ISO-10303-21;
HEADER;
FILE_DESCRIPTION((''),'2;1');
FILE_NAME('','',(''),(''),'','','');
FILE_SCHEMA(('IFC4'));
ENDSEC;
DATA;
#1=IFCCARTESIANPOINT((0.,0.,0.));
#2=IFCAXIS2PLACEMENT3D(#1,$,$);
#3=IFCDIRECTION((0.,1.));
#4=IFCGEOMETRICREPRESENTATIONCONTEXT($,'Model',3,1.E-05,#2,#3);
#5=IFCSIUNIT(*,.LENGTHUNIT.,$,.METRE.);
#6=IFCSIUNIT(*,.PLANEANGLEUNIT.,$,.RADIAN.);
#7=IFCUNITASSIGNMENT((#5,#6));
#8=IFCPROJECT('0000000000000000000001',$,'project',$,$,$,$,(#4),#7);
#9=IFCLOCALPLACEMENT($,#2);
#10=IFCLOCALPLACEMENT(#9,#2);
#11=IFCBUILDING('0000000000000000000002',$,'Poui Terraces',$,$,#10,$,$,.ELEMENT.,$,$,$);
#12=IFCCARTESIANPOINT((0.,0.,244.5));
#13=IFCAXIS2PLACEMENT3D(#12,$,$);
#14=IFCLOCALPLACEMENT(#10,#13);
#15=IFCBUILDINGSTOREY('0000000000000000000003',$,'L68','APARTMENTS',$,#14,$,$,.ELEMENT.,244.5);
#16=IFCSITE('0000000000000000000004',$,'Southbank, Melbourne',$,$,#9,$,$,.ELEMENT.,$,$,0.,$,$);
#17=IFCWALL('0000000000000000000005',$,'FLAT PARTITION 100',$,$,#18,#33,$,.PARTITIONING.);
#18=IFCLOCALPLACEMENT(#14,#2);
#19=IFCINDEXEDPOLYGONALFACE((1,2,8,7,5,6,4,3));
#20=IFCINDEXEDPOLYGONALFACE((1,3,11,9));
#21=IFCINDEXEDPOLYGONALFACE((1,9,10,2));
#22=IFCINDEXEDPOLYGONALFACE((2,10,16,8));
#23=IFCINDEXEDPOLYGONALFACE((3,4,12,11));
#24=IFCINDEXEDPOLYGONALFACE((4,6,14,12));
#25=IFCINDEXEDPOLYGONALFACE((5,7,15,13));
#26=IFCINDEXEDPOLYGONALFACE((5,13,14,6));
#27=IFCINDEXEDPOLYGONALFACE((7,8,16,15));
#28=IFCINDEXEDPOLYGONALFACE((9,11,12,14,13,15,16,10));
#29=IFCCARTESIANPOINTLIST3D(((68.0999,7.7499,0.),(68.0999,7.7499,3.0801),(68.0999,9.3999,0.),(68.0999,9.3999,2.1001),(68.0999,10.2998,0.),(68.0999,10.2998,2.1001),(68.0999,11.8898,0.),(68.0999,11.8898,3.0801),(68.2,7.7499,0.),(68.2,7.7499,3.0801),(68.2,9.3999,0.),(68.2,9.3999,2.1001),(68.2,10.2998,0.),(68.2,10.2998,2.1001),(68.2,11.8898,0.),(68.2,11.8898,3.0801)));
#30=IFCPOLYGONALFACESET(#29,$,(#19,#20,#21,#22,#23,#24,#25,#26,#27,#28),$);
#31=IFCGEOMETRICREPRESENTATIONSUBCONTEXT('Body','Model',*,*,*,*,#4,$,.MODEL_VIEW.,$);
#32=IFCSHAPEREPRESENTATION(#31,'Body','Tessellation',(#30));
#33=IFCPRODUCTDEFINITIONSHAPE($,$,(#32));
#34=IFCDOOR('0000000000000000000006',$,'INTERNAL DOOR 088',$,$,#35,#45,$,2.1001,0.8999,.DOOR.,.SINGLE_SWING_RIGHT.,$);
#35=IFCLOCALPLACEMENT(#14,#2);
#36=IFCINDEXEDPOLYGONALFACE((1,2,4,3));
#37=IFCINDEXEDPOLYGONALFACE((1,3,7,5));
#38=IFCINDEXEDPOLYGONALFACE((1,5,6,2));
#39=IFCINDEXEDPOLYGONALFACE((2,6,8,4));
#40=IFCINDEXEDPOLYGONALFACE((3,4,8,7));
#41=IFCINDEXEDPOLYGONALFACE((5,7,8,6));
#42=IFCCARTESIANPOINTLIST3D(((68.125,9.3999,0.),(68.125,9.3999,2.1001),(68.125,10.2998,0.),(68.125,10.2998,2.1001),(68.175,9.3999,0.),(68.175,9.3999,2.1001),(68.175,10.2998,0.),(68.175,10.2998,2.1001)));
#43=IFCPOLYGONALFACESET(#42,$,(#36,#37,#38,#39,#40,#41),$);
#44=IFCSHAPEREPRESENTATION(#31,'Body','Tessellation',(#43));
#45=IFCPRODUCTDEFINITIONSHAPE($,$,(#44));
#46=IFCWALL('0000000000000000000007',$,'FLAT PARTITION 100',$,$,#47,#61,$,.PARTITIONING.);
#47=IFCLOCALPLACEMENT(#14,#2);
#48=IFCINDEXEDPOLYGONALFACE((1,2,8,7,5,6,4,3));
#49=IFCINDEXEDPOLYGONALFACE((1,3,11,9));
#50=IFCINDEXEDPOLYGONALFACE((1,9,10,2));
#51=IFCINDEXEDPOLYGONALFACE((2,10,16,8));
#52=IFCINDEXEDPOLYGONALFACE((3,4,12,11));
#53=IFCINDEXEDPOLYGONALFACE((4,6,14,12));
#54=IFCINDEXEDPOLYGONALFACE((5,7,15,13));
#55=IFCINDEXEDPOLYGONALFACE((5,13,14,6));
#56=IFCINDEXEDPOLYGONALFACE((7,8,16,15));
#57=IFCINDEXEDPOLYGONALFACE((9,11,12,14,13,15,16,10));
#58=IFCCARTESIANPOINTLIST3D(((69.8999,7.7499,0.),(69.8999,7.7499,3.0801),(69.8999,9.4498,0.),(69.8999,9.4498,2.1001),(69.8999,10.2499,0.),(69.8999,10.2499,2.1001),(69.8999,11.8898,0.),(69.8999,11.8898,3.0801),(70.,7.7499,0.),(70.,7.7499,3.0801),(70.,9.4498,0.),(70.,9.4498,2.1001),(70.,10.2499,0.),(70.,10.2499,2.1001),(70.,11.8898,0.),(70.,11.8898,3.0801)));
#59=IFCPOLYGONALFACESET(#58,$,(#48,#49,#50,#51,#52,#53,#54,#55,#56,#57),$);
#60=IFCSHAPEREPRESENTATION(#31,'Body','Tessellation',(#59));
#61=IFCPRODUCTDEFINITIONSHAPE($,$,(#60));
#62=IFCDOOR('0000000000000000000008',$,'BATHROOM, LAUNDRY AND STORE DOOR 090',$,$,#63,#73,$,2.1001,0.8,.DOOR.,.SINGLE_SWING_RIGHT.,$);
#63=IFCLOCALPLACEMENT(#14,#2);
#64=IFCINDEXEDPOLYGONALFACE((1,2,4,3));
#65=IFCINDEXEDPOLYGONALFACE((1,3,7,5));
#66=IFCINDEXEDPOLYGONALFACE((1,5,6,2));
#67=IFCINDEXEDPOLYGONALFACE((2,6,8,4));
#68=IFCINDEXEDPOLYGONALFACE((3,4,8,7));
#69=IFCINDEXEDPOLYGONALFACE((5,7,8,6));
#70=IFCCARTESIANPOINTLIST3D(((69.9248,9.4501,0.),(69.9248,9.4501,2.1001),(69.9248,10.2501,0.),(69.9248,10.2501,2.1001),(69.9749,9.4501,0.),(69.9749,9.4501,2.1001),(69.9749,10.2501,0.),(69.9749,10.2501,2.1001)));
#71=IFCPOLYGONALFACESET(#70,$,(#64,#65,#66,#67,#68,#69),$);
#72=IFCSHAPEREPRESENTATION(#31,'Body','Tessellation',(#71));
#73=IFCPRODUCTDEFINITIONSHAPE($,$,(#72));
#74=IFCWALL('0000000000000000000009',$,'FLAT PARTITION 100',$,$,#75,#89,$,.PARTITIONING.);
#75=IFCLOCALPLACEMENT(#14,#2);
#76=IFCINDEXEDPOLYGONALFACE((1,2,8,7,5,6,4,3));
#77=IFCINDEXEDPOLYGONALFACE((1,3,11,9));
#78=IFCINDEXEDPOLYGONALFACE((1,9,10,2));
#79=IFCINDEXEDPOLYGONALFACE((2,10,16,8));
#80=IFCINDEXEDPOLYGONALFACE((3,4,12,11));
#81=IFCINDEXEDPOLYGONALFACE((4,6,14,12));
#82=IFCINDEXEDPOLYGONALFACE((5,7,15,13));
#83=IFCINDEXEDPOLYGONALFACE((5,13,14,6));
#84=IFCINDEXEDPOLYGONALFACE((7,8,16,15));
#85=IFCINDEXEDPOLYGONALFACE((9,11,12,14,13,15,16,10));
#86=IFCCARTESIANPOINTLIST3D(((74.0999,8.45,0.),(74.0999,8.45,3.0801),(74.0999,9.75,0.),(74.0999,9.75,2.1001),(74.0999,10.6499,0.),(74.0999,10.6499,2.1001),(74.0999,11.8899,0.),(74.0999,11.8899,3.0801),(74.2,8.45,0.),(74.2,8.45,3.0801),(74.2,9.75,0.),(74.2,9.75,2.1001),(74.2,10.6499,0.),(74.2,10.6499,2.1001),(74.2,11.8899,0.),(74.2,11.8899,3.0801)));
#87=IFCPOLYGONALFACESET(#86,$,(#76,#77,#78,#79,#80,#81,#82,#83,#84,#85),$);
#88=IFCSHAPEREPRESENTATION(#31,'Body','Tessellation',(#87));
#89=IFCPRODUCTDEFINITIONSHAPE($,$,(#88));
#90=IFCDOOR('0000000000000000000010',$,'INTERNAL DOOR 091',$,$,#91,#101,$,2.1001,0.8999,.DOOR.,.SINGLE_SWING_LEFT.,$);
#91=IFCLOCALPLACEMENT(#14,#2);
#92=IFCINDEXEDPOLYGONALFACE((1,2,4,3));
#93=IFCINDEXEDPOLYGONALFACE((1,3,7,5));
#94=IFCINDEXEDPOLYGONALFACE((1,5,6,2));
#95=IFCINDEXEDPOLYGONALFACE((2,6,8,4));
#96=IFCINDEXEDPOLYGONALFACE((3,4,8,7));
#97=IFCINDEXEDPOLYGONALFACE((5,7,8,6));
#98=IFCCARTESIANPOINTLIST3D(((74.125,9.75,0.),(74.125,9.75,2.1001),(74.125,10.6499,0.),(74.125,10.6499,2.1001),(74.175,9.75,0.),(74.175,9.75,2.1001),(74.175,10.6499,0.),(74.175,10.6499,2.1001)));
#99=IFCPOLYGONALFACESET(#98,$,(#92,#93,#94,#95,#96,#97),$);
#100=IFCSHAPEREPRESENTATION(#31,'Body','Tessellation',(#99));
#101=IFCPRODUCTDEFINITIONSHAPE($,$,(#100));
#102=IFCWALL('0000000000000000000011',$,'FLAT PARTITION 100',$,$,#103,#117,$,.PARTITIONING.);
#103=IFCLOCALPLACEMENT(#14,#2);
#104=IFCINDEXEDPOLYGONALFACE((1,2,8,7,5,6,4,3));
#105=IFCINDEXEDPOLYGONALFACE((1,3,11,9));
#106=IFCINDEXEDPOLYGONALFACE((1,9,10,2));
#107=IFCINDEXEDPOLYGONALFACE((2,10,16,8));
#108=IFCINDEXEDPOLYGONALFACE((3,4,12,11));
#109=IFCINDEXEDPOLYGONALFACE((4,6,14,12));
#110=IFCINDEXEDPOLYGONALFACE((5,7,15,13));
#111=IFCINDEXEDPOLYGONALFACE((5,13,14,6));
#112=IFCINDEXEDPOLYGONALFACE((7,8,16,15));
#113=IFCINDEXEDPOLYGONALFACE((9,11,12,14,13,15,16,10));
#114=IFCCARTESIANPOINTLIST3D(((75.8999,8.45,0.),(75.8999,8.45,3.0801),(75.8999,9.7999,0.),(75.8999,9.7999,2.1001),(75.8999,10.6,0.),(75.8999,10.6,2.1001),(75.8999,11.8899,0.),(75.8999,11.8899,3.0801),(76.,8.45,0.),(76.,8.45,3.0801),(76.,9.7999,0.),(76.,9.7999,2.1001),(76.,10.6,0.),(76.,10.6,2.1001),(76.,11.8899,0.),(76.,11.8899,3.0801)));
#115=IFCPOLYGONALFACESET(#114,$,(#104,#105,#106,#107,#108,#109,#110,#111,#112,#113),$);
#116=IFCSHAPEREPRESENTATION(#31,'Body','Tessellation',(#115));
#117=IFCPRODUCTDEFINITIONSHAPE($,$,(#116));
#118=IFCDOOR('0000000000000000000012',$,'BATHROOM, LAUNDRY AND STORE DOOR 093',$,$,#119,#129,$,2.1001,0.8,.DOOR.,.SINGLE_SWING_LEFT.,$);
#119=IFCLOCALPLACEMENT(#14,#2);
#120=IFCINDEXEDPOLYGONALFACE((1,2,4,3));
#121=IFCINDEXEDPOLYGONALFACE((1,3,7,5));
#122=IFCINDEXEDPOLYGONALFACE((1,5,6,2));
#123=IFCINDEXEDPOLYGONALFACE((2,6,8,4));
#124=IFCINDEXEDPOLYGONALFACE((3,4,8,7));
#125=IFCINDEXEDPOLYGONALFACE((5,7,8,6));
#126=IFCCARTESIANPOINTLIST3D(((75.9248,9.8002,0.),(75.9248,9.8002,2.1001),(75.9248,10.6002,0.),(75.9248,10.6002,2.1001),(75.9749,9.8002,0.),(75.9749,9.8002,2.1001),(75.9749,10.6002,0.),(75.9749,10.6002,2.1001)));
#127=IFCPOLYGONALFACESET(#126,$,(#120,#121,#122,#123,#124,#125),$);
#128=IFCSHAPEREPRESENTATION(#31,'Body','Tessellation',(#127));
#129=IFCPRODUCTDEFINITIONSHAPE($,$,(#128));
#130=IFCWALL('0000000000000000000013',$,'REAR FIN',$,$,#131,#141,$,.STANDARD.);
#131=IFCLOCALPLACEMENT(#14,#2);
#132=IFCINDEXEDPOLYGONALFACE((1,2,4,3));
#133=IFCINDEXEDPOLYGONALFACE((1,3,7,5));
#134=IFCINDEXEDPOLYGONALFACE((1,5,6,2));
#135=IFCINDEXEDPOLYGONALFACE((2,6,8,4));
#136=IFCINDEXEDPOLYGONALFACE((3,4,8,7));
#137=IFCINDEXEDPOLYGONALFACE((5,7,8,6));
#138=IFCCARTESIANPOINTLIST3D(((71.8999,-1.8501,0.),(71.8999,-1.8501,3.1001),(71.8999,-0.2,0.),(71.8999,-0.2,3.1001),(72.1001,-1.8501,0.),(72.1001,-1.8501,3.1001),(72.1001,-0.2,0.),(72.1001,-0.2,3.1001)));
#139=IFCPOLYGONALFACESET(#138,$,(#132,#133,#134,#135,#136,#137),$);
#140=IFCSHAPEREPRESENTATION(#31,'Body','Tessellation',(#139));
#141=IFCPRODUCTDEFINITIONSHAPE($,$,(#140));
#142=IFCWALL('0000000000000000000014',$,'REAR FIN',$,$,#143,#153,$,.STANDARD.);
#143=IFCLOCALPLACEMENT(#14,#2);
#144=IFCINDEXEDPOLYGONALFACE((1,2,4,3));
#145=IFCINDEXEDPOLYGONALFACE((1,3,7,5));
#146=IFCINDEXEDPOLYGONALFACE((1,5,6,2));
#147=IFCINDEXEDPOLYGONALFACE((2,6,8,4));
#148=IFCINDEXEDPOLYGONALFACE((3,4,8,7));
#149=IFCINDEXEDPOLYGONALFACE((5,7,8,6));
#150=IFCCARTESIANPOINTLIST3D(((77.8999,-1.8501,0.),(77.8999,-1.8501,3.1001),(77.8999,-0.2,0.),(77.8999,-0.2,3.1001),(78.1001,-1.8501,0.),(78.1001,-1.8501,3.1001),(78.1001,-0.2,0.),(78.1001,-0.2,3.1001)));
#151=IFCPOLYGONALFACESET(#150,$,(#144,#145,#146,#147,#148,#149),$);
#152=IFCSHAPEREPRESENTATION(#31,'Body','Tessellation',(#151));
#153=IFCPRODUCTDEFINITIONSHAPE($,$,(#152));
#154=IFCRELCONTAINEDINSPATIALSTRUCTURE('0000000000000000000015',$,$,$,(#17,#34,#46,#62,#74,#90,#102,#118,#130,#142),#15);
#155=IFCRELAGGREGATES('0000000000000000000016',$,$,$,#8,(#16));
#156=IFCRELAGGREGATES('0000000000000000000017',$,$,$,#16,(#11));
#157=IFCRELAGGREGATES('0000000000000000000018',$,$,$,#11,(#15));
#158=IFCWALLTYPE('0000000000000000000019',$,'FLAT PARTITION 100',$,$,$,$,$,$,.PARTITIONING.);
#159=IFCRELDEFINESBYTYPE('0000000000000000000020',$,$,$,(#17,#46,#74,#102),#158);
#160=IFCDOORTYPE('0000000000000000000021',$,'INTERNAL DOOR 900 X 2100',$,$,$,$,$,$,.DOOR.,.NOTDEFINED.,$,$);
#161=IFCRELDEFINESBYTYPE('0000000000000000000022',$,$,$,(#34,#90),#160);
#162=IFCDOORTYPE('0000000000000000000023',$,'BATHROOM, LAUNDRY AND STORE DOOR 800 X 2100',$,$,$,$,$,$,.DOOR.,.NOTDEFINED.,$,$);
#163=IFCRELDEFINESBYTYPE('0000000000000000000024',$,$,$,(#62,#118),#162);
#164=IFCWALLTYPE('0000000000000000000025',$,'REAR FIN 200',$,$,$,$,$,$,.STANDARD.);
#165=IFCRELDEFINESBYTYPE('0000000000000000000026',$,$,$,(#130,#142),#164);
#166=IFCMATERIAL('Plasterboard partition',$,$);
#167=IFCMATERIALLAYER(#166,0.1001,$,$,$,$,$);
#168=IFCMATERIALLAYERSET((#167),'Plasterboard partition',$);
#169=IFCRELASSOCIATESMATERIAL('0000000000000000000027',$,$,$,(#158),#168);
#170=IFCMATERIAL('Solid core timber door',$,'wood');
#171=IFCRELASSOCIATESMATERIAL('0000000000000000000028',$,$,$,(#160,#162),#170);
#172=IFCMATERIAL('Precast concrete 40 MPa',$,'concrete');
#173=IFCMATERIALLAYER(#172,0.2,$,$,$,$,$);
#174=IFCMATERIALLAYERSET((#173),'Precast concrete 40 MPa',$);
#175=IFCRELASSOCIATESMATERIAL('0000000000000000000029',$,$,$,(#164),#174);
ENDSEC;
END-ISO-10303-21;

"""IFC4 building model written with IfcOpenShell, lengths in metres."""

from ifc_helpers import new_model, si_unit, direction, frame, frame_2d, origin, place, context, subcontext, project, spatial, polyline, rectangle, outline, extrude, source, transform, mapped, material, layer, layer_set, type_object, element, fill, save


model = new_model("IFC4")

# Units and contexts
model_context = context("Model", 3, precision=1e-05, world=origin(), true_north=direction((0.0, 1.0)))
body_context = subcontext(model_context, "Body", "Model", "MODEL_VIEW")
ifc_project = project(units=[si_unit("LENGTHUNIT", "METRE"), si_unit("PLANEANGLEUNIT", "RADIAN")], contexts=[model_context])

# Site, building, storey
site_placement = place(None, origin())
site = spatial("IfcSite", under=ifc_project, at=site_placement, Name="Southbank, Melbourne", CompositionType="ELEMENT", RefElevation=0.0)
building_placement = place(site_placement, origin())
building = spatial("IfcBuilding", under=site, at=building_placement, Name="Poui Terraces", CompositionType="ELEMENT")
storey_placement = place(building_placement, frame((0.0, 0.0, 244.5)))
storey = spatial("IfcBuildingStorey", under=building, at=storey_placement, Name="L68", Description="APARTMENTS", CompositionType="ELEMENT", Elevation=244.5)

# Shared definitions
ifc_material_1 = material(Name="Precast concrete 40 MPa", Category="concrete")

# Shared definitions
ifc_material_2 = material(Name="Plasterboard partition")
ifc_layer_1 = layer(ifc_material_2, 0.1001)
ifc_layer_set_1 = layer_set([ifc_layer_1], Name="Plasterboard partition")
wall_type_1 = type_object("IfcWallType", Name="FLAT PARTITION 100", PredefinedType="PARTITIONING", material=ifc_layer_set_1)

# Walls, openings, doors
wall_1_placement = place(storey_placement, frame((68.1499, 7.75, 0.0), z_axis=(0.0, 0.0, 1.0), x_axis=(0.0, 1.0, 0.0)))
wall_1 = element("IfcWall", 1, at=wall_1_placement, inside=storey, type_object=wall_type_1, Name="FLAT PARTITION 100", PredefinedType="PARTITIONING", context=body_context, shape_type="SweptSolid", body=[
    extrude(rectangle(XDim=4.1399, YDim=0.1001, at=frame_2d((2.0698, 0.0))), origin(), (0.0, 0.0, 1.0), 3.0801),
])
opening_1_placement = place(wall_1_placement, frame((1.6499, 0.0, 0.0)))
opening_1 = element("IfcOpeningElement", 2, at=opening_1_placement, cuts=wall_1, PredefinedType="OPENING", context=body_context, shape_type="SweptSolid", body=[
    extrude(rectangle(XDim=0.8999, YDim=2.1001, at=frame_2d((0.45, 1.05))), frame((0.0, 0.0601, 0.0), z_axis=(0.0, -1.0, 0.0), x_axis=(1.0, 0.0, 0.0)), (0.0, 0.0, 1.0), 0.1201),
])
ifc_material_3 = material(Name="Solid core timber door", Category="wood")
door_type_1 = type_object("IfcDoorType", Name="INTERNAL DOOR 900 X 2100", OperationType="NOTDEFINED", PredefinedType="DOOR", material=ifc_material_3)
door_1_placement = place(opening_1_placement, origin())
door_1 = element("IfcDoor", 3, at=door_1_placement, inside=storey, type_object=door_type_1, Name="INTERNAL DOOR 088", OperationType="SINGLE_SWING_RIGHT", OverallHeight=2.1001, OverallWidth=0.8999, PredefinedType="DOOR", context=body_context, shape_type="SweptSolid", body=[
    extrude(rectangle(XDim=0.8999, YDim=2.1001, at=frame_2d((0.45, 1.05))), frame((0.0, 0.0249, 0.0), z_axis=(0.0, -1.0, 0.0), x_axis=(1.0, 0.0, 0.0)), (0.0, 0.0, 1.0), 0.05),
])
fill(opening_1, door_1)
wall_2_placement = place(storey_placement, frame((69.95, 7.75, 0.0), z_axis=(0.0, 0.0, 1.0), x_axis=(0.0, 1.0, 0.0)))
wall_2 = element("IfcWall", 4, at=wall_2_placement, inside=storey, type_object=wall_type_1, Name="FLAT PARTITION 100", PredefinedType="PARTITIONING", context=body_context, shape_type="SweptSolid", body=[
    extrude(rectangle(XDim=4.1399, YDim=0.1001, at=frame_2d((2.0698, 0.0))), origin(), (0.0, 0.0, 1.0), 3.0801),
])
opening_2_placement = place(wall_2_placement, frame((1.7, 0.0, 0.0)))
opening_2 = element("IfcOpeningElement", 5, at=opening_2_placement, cuts=wall_2, PredefinedType="OPENING", context=body_context, shape_type="SweptSolid", body=[
    extrude(rectangle(XDim=0.8, YDim=2.1001, at=frame_2d((0.3999, 1.05))), frame((0.0, 0.0601, 0.0), z_axis=(0.0, -1.0, 0.0), x_axis=(1.0, 0.0, 0.0)), (0.0, 0.0, 1.0), 0.1201),
])
door_type_2 = type_object("IfcDoorType", Name="BATHROOM, LAUNDRY AND STORE DOOR 800 X 2100", OperationType="NOTDEFINED", PredefinedType="DOOR", material=ifc_material_3)
door_2_placement = place(opening_2_placement, frame((0.8, 0.0, 0.0), z_axis=(0.0, 0.0, 1.0), x_axis=(-1.0, 0.0, 0.0)))
door_2 = element("IfcDoor", 6, at=door_2_placement, inside=storey, type_object=door_type_2, Name="BATHROOM, LAUNDRY AND STORE DOOR 090", OperationType="SINGLE_SWING_RIGHT", OverallHeight=2.1001, OverallWidth=0.8, PredefinedType="DOOR", context=body_context, shape_type="SweptSolid", body=[
    extrude(rectangle(XDim=0.8, YDim=2.1001, at=frame_2d((0.3999, 1.05))), frame((0.0, 0.0249, 0.0), z_axis=(0.0, -1.0, 0.0), x_axis=(1.0, 0.0, 0.0)), (0.0, 0.0, 1.0), 0.05),
])
fill(opening_2, door_2)
wall_3_placement = place(storey_placement, frame((74.1499, 8.45, 0.0), z_axis=(0.0, 0.0, 1.0), x_axis=(0.0, 1.0, 0.0)))
wall_3 = element("IfcWall", 7, at=wall_3_placement, inside=storey, type_object=wall_type_1, Name="FLAT PARTITION 100", PredefinedType="PARTITIONING", context=body_context, shape_type="SweptSolid", body=[
    extrude(rectangle(XDim=3.4399, YDim=0.1001, at=frame_2d((1.72, 0.0))), origin(), (0.0, 0.0, 1.0), 3.0801),
])
opening_3_placement = place(wall_3_placement, frame((1.3, 0.0, 0.0)))
opening_3 = element("IfcOpeningElement", 8, at=opening_3_placement, cuts=wall_3, PredefinedType="OPENING", context=body_context, shape_type="SweptSolid", body=[
    extrude(rectangle(XDim=0.8999, YDim=2.1001, at=frame_2d((0.45, 1.05))), frame((0.0, 0.0601, 0.0), z_axis=(0.0, -1.0, 0.0), x_axis=(1.0, 0.0, 0.0)), (0.0, 0.0, 1.0), 0.1201),
])
door_3_placement = place(opening_3_placement, origin())
door_3 = element("IfcDoor", 9, at=door_3_placement, inside=storey, type_object=door_type_1, Name="INTERNAL DOOR 091", OperationType="SINGLE_SWING_LEFT", OverallHeight=2.1001, OverallWidth=0.8999, PredefinedType="DOOR", context=body_context, shape_type="SweptSolid", body=[
    extrude(rectangle(XDim=0.8999, YDim=2.1001, at=frame_2d((0.45, 1.05))), frame((0.0, 0.0249, 0.0), z_axis=(0.0, -1.0, 0.0), x_axis=(1.0, 0.0, 0.0)), (0.0, 0.0, 1.0), 0.05),
])
fill(opening_3, door_3)
wall_4_placement = place(storey_placement, frame((75.95, 8.45, 0.0), z_axis=(0.0, 0.0, 1.0), x_axis=(0.0, 1.0, 0.0)))
wall_4 = element("IfcWall", 10, at=wall_4_placement, inside=storey, type_object=wall_type_1, Name="FLAT PARTITION 100", PredefinedType="PARTITIONING", context=body_context, shape_type="SweptSolid", body=[
    extrude(rectangle(XDim=3.4399, YDim=0.1001, at=frame_2d((1.72, 0.0))), origin(), (0.0, 0.0, 1.0), 3.0801),
])
opening_4_placement = place(wall_4_placement, frame((1.3501, 0.0, 0.0)))
opening_4 = element("IfcOpeningElement", 11, at=opening_4_placement, cuts=wall_4, PredefinedType="OPENING", context=body_context, shape_type="SweptSolid", body=[
    extrude(rectangle(XDim=0.8, YDim=2.1001, at=frame_2d((0.3999, 1.05))), frame((0.0, 0.0601, 0.0), z_axis=(0.0, -1.0, 0.0), x_axis=(1.0, 0.0, 0.0)), (0.0, 0.0, 1.0), 0.1201),
])
door_4_placement = place(opening_4_placement, frame((0.8, 0.0, 0.0), z_axis=(0.0, 0.0, 1.0), x_axis=(-1.0, 0.0, 0.0)))
door_4 = element("IfcDoor", 12, at=door_4_placement, inside=storey, type_object=door_type_2, Name="BATHROOM, LAUNDRY AND STORE DOOR 093", OperationType="SINGLE_SWING_LEFT", OverallHeight=2.1001, OverallWidth=0.8, PredefinedType="DOOR", context=body_context, shape_type="SweptSolid", body=[
    extrude(rectangle(XDim=0.8, YDim=2.1001, at=frame_2d((0.3999, 1.05))), frame((0.0, 0.0249, 0.0), z_axis=(0.0, -1.0, 0.0), x_axis=(1.0, 0.0, 0.0)), (0.0, 0.0, 1.0), 0.05),
])
fill(opening_4, door_4)

# Walls
ifc_layer_2 = layer(ifc_material_1, 0.2)
ifc_layer_set_2 = layer_set([ifc_layer_2], Name="Precast concrete 40 MPa")
wall_type_2 = type_object("IfcWallType", Name="REAR FIN 200", PredefinedType="STANDARD", material=ifc_layer_set_2)
shared_shape_1 = source(origin(), body_context, "Body", "SweptSolid", [
    extrude(outline(polyline([(0.0, 0.0), (0.2002, 0.0), (0.2002, 1.6501), (0.0, 1.6501), (0.0, 0.0)])), origin(), (0.0, 0.0, 1.0), 3.1001),
])
for number, where, name in (
    (13, (71.8999, -1.8501, 0.0), "REAR FIN"),
    (14, (77.8999, -1.8501, 0.0), "REAR FIN"),
):
    element("IfcWall", number, at=place(storey_placement, frame(where)), inside=storey, type_object=wall_type_2, Name=name, PredefinedType="STANDARD", context=body_context, shape_type="MappedRepresentation", body=[
        mapped(shared_shape_1, transform((0.0, 0.0, 0.0))),
    ])

save(model, "model.ifc")
